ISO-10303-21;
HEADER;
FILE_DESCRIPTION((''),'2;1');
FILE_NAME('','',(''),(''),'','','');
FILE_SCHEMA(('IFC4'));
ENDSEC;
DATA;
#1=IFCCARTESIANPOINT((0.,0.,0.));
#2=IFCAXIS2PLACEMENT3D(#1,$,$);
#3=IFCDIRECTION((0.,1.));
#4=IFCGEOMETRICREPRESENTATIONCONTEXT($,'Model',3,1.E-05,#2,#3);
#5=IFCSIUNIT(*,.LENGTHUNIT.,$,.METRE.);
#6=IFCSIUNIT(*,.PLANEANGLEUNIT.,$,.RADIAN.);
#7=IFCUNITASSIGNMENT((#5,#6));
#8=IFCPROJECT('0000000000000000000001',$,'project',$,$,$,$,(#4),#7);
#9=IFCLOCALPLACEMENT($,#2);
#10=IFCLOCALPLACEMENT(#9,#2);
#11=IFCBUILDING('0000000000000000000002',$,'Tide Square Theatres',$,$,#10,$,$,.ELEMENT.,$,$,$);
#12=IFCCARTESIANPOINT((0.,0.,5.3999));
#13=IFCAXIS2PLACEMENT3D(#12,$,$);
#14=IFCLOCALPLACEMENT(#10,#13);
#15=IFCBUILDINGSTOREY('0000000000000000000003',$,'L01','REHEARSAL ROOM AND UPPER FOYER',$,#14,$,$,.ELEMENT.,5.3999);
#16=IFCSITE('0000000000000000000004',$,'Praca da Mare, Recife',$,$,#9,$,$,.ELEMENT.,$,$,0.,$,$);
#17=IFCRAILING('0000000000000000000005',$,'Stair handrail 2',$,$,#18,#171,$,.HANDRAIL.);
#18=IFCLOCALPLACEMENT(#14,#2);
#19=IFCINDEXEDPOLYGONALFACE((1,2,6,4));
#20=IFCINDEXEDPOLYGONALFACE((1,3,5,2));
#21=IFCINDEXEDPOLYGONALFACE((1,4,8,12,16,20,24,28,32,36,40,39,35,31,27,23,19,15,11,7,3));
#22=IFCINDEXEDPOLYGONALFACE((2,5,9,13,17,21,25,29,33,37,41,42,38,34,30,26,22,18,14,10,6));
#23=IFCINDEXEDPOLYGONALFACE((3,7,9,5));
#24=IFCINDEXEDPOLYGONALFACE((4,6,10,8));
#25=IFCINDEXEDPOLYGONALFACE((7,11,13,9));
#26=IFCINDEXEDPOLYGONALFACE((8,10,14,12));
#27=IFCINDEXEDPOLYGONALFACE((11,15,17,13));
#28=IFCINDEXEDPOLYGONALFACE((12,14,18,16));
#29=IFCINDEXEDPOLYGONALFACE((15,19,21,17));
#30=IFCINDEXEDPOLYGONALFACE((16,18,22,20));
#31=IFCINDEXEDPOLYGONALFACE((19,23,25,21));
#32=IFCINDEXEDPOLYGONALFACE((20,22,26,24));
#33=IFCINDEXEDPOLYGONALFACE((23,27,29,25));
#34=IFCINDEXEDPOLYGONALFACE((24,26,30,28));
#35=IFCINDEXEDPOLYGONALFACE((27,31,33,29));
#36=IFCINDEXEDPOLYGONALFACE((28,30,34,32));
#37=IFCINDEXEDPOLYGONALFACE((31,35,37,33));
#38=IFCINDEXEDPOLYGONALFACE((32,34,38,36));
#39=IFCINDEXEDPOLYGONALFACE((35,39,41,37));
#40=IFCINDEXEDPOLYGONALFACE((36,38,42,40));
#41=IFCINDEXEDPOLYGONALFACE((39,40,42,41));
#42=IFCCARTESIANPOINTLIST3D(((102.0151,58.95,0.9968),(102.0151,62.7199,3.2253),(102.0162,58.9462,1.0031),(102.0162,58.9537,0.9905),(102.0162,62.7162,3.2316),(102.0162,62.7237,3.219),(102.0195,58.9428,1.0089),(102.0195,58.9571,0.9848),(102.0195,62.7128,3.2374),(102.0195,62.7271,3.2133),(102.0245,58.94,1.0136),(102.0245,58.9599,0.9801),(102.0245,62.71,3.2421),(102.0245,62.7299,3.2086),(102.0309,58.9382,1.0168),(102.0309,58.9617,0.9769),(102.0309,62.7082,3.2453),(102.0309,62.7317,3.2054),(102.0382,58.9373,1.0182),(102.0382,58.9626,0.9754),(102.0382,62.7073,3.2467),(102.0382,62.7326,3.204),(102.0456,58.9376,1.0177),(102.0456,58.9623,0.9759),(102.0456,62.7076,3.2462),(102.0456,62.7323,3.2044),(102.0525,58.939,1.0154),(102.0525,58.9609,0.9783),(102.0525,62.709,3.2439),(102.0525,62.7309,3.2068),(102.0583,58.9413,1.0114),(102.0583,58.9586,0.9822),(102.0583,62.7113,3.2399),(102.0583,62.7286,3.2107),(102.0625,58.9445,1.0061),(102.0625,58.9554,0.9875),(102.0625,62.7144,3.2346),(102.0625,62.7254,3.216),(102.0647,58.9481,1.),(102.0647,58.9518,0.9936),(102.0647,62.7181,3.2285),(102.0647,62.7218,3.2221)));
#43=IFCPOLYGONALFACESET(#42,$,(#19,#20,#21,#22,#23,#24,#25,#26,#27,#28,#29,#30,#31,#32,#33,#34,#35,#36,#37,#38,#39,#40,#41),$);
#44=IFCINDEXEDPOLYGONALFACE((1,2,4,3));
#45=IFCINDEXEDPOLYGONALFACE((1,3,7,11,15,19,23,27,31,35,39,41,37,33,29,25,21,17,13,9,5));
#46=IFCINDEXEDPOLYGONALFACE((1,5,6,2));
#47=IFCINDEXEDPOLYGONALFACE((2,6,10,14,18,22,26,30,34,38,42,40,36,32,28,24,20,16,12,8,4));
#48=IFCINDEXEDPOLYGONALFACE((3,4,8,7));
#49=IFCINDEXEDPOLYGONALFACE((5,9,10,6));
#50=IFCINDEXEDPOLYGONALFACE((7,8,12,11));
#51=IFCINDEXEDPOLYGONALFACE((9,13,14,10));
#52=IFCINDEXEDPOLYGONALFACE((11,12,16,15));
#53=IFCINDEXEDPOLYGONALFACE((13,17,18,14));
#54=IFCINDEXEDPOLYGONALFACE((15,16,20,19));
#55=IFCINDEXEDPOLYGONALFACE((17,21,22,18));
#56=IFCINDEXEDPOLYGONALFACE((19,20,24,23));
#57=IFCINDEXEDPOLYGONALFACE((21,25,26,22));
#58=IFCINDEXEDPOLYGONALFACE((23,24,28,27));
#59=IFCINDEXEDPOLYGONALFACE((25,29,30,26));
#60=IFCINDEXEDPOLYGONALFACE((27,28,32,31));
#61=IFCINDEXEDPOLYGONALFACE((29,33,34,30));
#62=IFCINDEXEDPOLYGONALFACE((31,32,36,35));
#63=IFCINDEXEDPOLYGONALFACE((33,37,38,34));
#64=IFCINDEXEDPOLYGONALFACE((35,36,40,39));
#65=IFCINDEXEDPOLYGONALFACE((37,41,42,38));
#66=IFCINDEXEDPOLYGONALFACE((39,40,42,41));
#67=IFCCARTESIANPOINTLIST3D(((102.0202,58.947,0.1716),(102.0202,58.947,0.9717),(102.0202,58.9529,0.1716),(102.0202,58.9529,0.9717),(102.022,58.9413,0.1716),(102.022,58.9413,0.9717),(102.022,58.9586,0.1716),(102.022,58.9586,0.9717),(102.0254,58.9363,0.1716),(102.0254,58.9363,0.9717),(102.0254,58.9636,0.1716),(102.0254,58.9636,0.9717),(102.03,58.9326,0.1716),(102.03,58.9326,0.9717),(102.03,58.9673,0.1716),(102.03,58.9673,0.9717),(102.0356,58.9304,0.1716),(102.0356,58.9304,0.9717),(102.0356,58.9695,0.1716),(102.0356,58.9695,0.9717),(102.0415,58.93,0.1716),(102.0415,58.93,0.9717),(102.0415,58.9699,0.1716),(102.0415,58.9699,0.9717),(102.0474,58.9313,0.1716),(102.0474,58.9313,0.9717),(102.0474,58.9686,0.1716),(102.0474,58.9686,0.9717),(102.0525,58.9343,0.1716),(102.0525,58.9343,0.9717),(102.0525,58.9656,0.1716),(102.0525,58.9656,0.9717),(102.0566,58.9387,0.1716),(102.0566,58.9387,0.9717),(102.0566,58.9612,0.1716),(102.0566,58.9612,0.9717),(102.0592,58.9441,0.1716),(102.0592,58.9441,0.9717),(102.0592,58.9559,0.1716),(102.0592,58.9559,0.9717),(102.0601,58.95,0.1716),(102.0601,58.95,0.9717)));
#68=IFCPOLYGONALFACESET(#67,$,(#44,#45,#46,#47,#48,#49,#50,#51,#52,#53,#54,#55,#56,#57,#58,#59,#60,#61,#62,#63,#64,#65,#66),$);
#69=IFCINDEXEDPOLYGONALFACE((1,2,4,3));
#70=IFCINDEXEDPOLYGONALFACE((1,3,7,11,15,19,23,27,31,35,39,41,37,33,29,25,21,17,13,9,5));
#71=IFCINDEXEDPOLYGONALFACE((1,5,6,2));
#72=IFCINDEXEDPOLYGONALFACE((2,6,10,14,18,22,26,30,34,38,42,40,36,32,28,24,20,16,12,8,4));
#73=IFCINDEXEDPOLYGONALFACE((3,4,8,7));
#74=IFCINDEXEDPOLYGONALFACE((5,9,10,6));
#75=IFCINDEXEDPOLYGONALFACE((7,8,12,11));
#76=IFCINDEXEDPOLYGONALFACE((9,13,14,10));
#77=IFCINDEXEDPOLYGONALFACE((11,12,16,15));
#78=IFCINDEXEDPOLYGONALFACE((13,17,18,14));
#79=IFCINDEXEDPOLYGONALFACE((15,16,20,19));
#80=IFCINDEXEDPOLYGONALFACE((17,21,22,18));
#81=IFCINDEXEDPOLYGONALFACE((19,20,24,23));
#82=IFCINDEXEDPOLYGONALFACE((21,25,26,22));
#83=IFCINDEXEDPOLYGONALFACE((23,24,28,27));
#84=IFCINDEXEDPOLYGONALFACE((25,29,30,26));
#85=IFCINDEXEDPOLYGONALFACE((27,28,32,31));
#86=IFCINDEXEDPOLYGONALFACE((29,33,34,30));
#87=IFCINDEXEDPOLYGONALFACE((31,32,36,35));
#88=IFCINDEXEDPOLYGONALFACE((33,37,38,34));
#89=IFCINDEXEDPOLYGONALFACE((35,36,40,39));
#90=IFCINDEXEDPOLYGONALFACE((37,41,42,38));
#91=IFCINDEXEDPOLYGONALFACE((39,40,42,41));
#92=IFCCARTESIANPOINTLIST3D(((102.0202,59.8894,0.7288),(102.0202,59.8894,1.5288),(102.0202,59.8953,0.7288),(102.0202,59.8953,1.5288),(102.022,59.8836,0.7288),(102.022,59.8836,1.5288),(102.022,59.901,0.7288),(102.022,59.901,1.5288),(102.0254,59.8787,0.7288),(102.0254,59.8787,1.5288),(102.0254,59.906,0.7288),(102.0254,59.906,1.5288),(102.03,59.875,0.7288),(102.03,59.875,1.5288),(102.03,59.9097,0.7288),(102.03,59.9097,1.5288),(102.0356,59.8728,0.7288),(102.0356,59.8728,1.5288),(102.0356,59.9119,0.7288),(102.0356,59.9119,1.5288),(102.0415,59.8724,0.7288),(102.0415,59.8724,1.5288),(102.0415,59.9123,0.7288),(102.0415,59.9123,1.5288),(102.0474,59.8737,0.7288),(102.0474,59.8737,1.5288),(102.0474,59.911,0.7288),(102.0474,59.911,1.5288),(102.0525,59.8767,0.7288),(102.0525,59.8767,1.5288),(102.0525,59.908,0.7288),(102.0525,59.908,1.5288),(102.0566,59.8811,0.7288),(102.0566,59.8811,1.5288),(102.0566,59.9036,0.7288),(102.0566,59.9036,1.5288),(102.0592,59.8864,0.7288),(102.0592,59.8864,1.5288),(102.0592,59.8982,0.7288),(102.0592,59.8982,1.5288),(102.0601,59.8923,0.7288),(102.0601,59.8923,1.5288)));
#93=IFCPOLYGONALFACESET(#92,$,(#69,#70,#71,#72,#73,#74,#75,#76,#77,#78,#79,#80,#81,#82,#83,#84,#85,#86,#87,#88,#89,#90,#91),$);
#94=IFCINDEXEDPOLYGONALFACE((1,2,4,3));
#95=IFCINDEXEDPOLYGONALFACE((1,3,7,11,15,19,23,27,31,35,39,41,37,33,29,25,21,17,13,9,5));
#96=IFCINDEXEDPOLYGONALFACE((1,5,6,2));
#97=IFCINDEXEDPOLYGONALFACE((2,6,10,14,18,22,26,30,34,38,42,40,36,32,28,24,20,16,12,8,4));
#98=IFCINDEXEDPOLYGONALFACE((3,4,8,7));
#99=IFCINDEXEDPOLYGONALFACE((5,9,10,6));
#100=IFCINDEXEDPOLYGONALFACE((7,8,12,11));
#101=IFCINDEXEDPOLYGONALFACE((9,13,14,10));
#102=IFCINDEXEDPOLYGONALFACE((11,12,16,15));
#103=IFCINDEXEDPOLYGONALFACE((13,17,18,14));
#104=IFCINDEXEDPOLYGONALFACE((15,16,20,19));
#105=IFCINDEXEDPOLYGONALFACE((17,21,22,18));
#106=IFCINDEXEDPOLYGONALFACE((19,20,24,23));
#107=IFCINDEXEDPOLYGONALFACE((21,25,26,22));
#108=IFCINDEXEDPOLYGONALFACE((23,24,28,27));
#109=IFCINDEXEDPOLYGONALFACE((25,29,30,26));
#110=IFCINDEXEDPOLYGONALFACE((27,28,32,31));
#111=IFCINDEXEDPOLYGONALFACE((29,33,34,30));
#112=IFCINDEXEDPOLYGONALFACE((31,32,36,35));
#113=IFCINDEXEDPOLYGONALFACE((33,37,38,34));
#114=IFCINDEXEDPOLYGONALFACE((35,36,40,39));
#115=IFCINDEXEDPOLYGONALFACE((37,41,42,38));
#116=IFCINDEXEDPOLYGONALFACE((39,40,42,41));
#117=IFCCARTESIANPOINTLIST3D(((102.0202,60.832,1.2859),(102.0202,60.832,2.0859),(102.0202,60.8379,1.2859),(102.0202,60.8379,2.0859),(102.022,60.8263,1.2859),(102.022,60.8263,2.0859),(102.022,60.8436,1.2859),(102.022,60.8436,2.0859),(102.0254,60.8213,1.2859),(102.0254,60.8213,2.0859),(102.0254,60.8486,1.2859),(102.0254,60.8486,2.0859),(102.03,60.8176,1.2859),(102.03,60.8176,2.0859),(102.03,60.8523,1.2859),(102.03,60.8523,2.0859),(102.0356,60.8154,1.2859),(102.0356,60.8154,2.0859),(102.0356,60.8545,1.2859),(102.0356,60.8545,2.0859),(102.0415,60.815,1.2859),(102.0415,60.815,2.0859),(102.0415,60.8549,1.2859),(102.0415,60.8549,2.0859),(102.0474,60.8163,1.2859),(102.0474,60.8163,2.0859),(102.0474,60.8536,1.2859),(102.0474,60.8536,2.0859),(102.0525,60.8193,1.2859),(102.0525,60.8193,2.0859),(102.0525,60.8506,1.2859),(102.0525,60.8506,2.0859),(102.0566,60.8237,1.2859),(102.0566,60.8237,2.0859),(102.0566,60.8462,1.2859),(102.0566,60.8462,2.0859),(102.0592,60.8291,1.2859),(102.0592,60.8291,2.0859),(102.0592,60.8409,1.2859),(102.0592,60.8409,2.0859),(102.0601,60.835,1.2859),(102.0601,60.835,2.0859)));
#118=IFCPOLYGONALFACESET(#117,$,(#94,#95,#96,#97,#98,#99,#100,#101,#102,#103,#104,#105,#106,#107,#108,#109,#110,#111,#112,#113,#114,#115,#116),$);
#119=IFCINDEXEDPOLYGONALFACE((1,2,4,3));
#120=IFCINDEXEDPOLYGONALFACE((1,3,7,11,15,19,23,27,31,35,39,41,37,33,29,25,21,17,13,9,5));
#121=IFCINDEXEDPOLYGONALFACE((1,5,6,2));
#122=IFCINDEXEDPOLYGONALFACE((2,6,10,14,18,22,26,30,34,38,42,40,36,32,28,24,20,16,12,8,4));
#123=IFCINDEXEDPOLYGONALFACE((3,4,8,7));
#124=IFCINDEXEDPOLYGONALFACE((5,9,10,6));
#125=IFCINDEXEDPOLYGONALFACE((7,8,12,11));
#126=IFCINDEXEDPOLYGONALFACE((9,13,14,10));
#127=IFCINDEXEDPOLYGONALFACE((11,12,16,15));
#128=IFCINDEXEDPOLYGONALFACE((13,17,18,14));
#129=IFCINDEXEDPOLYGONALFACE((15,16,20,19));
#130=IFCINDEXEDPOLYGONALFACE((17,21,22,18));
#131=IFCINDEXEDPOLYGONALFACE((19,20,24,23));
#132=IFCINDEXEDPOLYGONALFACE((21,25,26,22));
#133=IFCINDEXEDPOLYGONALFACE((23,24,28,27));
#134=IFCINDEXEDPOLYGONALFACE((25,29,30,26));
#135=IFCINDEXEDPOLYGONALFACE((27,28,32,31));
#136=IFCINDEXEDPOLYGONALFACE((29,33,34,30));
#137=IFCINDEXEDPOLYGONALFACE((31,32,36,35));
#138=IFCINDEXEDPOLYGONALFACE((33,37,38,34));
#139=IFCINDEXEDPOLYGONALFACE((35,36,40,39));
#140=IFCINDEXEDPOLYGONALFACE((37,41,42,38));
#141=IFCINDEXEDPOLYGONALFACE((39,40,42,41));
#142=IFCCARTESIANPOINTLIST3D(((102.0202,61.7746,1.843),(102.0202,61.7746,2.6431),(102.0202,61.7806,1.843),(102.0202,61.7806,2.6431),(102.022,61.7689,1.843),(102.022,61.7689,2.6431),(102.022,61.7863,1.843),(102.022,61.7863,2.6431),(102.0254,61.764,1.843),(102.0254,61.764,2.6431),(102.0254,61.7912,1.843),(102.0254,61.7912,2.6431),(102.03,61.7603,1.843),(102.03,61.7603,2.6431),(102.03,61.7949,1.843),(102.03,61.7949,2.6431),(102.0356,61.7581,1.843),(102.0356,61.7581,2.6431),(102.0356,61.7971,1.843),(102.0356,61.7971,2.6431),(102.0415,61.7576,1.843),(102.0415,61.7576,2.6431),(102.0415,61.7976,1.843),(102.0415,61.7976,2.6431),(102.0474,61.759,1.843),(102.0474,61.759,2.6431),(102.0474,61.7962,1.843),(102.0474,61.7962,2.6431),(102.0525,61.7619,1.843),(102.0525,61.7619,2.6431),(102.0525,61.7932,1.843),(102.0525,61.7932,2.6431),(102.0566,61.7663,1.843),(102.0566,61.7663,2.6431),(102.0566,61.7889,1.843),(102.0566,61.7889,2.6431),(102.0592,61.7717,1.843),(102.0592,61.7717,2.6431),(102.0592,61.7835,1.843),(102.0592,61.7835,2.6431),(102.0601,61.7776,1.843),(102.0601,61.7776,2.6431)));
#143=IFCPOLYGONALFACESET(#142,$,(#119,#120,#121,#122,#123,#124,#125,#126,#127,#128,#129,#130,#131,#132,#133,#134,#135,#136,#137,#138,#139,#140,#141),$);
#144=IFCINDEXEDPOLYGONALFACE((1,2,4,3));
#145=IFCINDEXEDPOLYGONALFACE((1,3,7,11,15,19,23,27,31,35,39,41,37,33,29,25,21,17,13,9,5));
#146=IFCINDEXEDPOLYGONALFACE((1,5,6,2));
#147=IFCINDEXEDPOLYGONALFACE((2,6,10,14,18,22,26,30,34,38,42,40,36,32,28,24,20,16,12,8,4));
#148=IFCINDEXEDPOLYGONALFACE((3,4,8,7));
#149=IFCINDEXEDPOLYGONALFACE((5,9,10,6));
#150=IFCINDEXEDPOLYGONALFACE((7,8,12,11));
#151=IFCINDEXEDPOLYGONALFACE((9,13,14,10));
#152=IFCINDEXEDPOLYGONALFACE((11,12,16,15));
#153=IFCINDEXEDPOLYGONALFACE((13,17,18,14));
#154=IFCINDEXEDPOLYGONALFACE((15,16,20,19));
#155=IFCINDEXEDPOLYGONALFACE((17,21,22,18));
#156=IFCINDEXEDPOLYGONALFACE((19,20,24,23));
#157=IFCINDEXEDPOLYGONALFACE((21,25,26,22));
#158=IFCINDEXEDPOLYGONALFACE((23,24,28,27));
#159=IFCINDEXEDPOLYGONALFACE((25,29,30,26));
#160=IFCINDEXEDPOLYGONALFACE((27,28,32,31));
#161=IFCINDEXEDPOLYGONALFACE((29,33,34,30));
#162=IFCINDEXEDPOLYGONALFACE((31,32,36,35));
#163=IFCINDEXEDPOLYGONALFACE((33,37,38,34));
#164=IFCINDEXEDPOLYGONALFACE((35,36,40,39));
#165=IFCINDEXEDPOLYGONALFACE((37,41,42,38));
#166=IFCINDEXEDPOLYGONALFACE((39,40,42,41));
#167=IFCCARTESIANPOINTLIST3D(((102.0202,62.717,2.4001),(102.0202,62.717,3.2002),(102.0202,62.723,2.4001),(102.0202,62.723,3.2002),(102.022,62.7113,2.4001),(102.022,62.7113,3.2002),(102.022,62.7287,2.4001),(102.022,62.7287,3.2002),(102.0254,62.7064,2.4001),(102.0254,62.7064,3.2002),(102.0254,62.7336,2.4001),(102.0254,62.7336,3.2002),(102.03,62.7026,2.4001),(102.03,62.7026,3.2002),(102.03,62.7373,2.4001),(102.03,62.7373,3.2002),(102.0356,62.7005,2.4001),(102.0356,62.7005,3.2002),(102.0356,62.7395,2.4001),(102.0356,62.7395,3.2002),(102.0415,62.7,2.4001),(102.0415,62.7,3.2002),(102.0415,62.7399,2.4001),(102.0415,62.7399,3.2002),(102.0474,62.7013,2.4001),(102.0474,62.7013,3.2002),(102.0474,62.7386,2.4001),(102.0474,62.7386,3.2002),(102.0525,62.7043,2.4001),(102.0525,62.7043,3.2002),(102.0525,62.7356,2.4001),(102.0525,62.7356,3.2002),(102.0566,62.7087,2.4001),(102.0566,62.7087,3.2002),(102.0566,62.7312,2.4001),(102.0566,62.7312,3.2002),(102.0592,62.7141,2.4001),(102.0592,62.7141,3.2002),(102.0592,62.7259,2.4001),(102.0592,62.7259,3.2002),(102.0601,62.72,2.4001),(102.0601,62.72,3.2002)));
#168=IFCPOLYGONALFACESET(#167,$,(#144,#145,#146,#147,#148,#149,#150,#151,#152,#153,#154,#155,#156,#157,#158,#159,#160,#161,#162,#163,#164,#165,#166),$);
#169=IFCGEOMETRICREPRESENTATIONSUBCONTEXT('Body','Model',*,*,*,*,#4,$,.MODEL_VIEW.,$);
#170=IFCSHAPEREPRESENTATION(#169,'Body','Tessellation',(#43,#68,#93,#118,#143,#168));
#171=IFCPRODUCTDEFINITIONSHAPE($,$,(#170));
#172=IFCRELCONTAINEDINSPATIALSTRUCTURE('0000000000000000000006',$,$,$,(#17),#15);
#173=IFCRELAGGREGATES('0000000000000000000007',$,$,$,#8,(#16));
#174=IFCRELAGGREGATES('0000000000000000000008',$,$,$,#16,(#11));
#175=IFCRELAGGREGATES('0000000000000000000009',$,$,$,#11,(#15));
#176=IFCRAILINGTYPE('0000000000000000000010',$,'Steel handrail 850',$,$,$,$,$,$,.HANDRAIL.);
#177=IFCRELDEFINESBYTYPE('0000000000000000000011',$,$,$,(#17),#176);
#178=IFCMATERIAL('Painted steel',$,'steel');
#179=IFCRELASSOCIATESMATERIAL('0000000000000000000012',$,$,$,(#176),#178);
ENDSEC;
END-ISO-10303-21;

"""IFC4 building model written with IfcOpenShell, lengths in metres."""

from ifc_helpers import new_model, si_unit, direction, frame, origin, origin_2d, place, context, subcontext, project, spatial, circle, extrude, material, type_object, element, save


model = new_model("IFC4")

# Units and contexts
model_context = context("Model", 3, precision=1e-05, world=origin(), true_north=direction((0.0, 1.0)))
body_context = subcontext(model_context, "Body", "Model", "MODEL_VIEW")
ifc_project = project(units=[si_unit("LENGTHUNIT", "METRE"), si_unit("PLANEANGLEUNIT", "RADIAN")], contexts=[model_context])

# Site, building, storey
site_placement = place(None, origin())
site = spatial("IfcSite", under=ifc_project, at=site_placement, Name="Praca da Mare, Recife", CompositionType="ELEMENT", RefElevation=0.0)
building_placement = place(site_placement, origin())
building = spatial("IfcBuilding", under=site, at=building_placement, Name="Tide Square Theatres", CompositionType="ELEMENT")
storey_placement = place(building_placement, frame((0.0, 0.0, 5.3999)))
storey = spatial("IfcBuildingStorey", under=building, at=storey_placement, Name="L01", Description="REHEARSAL ROOM AND UPPER FOYER", CompositionType="ELEMENT", Elevation=5.3999)

# Railing
ifc_material_1 = material(Name="Painted steel", Category="steel")
railing_type = type_object("IfcRailingType", Name="Steel handrail 850", PredefinedType="HANDRAIL", material=ifc_material_1)
for number, where, name in (
    (1, (102.04, 58.95, 0.1716), "Stair handrail 2"),
):
    element("IfcRailing", number, at=place(storey_placement, frame(where)), inside=storey, type_object=railing_type, Name=name, PredefinedType="HANDRAIL", context=body_context, shape_type="SweptSolid", body=[
        extrude(circle(Radius=0.0249, at=origin_2d()), frame((0.0, 0.0, 0.8252), z_axis=(0.0, 0.860849, 0.508861), x_axis=(-1.0, 0.0, 0.0)), (0.0, 0.0, 1.0), 4.3794),
        extrude(circle(Radius=0.02, at=origin_2d()), origin(), (0.0, 0.0, 1.0), 0.8),
        extrude(circle(Radius=0.02, at=origin_2d()), frame((0.0, 0.9424, 0.5571)), (0.0, 0.0, 1.0), 0.8),
        extrude(circle(Radius=0.02, at=origin_2d()), frame((0.0, 1.885, 1.1143)), (0.0, 0.0, 1.0), 0.8),
        extrude(circle(Radius=0.02, at=origin_2d()), frame((0.0, 2.8276, 1.6714)), (0.0, 0.0, 1.0), 0.8),
        extrude(circle(Radius=0.02, at=origin_2d()), frame((0.0, 3.77, 2.2285)), (0.0, 0.0, 1.0), 0.8),
    ])

save(model, "model.ifc")
